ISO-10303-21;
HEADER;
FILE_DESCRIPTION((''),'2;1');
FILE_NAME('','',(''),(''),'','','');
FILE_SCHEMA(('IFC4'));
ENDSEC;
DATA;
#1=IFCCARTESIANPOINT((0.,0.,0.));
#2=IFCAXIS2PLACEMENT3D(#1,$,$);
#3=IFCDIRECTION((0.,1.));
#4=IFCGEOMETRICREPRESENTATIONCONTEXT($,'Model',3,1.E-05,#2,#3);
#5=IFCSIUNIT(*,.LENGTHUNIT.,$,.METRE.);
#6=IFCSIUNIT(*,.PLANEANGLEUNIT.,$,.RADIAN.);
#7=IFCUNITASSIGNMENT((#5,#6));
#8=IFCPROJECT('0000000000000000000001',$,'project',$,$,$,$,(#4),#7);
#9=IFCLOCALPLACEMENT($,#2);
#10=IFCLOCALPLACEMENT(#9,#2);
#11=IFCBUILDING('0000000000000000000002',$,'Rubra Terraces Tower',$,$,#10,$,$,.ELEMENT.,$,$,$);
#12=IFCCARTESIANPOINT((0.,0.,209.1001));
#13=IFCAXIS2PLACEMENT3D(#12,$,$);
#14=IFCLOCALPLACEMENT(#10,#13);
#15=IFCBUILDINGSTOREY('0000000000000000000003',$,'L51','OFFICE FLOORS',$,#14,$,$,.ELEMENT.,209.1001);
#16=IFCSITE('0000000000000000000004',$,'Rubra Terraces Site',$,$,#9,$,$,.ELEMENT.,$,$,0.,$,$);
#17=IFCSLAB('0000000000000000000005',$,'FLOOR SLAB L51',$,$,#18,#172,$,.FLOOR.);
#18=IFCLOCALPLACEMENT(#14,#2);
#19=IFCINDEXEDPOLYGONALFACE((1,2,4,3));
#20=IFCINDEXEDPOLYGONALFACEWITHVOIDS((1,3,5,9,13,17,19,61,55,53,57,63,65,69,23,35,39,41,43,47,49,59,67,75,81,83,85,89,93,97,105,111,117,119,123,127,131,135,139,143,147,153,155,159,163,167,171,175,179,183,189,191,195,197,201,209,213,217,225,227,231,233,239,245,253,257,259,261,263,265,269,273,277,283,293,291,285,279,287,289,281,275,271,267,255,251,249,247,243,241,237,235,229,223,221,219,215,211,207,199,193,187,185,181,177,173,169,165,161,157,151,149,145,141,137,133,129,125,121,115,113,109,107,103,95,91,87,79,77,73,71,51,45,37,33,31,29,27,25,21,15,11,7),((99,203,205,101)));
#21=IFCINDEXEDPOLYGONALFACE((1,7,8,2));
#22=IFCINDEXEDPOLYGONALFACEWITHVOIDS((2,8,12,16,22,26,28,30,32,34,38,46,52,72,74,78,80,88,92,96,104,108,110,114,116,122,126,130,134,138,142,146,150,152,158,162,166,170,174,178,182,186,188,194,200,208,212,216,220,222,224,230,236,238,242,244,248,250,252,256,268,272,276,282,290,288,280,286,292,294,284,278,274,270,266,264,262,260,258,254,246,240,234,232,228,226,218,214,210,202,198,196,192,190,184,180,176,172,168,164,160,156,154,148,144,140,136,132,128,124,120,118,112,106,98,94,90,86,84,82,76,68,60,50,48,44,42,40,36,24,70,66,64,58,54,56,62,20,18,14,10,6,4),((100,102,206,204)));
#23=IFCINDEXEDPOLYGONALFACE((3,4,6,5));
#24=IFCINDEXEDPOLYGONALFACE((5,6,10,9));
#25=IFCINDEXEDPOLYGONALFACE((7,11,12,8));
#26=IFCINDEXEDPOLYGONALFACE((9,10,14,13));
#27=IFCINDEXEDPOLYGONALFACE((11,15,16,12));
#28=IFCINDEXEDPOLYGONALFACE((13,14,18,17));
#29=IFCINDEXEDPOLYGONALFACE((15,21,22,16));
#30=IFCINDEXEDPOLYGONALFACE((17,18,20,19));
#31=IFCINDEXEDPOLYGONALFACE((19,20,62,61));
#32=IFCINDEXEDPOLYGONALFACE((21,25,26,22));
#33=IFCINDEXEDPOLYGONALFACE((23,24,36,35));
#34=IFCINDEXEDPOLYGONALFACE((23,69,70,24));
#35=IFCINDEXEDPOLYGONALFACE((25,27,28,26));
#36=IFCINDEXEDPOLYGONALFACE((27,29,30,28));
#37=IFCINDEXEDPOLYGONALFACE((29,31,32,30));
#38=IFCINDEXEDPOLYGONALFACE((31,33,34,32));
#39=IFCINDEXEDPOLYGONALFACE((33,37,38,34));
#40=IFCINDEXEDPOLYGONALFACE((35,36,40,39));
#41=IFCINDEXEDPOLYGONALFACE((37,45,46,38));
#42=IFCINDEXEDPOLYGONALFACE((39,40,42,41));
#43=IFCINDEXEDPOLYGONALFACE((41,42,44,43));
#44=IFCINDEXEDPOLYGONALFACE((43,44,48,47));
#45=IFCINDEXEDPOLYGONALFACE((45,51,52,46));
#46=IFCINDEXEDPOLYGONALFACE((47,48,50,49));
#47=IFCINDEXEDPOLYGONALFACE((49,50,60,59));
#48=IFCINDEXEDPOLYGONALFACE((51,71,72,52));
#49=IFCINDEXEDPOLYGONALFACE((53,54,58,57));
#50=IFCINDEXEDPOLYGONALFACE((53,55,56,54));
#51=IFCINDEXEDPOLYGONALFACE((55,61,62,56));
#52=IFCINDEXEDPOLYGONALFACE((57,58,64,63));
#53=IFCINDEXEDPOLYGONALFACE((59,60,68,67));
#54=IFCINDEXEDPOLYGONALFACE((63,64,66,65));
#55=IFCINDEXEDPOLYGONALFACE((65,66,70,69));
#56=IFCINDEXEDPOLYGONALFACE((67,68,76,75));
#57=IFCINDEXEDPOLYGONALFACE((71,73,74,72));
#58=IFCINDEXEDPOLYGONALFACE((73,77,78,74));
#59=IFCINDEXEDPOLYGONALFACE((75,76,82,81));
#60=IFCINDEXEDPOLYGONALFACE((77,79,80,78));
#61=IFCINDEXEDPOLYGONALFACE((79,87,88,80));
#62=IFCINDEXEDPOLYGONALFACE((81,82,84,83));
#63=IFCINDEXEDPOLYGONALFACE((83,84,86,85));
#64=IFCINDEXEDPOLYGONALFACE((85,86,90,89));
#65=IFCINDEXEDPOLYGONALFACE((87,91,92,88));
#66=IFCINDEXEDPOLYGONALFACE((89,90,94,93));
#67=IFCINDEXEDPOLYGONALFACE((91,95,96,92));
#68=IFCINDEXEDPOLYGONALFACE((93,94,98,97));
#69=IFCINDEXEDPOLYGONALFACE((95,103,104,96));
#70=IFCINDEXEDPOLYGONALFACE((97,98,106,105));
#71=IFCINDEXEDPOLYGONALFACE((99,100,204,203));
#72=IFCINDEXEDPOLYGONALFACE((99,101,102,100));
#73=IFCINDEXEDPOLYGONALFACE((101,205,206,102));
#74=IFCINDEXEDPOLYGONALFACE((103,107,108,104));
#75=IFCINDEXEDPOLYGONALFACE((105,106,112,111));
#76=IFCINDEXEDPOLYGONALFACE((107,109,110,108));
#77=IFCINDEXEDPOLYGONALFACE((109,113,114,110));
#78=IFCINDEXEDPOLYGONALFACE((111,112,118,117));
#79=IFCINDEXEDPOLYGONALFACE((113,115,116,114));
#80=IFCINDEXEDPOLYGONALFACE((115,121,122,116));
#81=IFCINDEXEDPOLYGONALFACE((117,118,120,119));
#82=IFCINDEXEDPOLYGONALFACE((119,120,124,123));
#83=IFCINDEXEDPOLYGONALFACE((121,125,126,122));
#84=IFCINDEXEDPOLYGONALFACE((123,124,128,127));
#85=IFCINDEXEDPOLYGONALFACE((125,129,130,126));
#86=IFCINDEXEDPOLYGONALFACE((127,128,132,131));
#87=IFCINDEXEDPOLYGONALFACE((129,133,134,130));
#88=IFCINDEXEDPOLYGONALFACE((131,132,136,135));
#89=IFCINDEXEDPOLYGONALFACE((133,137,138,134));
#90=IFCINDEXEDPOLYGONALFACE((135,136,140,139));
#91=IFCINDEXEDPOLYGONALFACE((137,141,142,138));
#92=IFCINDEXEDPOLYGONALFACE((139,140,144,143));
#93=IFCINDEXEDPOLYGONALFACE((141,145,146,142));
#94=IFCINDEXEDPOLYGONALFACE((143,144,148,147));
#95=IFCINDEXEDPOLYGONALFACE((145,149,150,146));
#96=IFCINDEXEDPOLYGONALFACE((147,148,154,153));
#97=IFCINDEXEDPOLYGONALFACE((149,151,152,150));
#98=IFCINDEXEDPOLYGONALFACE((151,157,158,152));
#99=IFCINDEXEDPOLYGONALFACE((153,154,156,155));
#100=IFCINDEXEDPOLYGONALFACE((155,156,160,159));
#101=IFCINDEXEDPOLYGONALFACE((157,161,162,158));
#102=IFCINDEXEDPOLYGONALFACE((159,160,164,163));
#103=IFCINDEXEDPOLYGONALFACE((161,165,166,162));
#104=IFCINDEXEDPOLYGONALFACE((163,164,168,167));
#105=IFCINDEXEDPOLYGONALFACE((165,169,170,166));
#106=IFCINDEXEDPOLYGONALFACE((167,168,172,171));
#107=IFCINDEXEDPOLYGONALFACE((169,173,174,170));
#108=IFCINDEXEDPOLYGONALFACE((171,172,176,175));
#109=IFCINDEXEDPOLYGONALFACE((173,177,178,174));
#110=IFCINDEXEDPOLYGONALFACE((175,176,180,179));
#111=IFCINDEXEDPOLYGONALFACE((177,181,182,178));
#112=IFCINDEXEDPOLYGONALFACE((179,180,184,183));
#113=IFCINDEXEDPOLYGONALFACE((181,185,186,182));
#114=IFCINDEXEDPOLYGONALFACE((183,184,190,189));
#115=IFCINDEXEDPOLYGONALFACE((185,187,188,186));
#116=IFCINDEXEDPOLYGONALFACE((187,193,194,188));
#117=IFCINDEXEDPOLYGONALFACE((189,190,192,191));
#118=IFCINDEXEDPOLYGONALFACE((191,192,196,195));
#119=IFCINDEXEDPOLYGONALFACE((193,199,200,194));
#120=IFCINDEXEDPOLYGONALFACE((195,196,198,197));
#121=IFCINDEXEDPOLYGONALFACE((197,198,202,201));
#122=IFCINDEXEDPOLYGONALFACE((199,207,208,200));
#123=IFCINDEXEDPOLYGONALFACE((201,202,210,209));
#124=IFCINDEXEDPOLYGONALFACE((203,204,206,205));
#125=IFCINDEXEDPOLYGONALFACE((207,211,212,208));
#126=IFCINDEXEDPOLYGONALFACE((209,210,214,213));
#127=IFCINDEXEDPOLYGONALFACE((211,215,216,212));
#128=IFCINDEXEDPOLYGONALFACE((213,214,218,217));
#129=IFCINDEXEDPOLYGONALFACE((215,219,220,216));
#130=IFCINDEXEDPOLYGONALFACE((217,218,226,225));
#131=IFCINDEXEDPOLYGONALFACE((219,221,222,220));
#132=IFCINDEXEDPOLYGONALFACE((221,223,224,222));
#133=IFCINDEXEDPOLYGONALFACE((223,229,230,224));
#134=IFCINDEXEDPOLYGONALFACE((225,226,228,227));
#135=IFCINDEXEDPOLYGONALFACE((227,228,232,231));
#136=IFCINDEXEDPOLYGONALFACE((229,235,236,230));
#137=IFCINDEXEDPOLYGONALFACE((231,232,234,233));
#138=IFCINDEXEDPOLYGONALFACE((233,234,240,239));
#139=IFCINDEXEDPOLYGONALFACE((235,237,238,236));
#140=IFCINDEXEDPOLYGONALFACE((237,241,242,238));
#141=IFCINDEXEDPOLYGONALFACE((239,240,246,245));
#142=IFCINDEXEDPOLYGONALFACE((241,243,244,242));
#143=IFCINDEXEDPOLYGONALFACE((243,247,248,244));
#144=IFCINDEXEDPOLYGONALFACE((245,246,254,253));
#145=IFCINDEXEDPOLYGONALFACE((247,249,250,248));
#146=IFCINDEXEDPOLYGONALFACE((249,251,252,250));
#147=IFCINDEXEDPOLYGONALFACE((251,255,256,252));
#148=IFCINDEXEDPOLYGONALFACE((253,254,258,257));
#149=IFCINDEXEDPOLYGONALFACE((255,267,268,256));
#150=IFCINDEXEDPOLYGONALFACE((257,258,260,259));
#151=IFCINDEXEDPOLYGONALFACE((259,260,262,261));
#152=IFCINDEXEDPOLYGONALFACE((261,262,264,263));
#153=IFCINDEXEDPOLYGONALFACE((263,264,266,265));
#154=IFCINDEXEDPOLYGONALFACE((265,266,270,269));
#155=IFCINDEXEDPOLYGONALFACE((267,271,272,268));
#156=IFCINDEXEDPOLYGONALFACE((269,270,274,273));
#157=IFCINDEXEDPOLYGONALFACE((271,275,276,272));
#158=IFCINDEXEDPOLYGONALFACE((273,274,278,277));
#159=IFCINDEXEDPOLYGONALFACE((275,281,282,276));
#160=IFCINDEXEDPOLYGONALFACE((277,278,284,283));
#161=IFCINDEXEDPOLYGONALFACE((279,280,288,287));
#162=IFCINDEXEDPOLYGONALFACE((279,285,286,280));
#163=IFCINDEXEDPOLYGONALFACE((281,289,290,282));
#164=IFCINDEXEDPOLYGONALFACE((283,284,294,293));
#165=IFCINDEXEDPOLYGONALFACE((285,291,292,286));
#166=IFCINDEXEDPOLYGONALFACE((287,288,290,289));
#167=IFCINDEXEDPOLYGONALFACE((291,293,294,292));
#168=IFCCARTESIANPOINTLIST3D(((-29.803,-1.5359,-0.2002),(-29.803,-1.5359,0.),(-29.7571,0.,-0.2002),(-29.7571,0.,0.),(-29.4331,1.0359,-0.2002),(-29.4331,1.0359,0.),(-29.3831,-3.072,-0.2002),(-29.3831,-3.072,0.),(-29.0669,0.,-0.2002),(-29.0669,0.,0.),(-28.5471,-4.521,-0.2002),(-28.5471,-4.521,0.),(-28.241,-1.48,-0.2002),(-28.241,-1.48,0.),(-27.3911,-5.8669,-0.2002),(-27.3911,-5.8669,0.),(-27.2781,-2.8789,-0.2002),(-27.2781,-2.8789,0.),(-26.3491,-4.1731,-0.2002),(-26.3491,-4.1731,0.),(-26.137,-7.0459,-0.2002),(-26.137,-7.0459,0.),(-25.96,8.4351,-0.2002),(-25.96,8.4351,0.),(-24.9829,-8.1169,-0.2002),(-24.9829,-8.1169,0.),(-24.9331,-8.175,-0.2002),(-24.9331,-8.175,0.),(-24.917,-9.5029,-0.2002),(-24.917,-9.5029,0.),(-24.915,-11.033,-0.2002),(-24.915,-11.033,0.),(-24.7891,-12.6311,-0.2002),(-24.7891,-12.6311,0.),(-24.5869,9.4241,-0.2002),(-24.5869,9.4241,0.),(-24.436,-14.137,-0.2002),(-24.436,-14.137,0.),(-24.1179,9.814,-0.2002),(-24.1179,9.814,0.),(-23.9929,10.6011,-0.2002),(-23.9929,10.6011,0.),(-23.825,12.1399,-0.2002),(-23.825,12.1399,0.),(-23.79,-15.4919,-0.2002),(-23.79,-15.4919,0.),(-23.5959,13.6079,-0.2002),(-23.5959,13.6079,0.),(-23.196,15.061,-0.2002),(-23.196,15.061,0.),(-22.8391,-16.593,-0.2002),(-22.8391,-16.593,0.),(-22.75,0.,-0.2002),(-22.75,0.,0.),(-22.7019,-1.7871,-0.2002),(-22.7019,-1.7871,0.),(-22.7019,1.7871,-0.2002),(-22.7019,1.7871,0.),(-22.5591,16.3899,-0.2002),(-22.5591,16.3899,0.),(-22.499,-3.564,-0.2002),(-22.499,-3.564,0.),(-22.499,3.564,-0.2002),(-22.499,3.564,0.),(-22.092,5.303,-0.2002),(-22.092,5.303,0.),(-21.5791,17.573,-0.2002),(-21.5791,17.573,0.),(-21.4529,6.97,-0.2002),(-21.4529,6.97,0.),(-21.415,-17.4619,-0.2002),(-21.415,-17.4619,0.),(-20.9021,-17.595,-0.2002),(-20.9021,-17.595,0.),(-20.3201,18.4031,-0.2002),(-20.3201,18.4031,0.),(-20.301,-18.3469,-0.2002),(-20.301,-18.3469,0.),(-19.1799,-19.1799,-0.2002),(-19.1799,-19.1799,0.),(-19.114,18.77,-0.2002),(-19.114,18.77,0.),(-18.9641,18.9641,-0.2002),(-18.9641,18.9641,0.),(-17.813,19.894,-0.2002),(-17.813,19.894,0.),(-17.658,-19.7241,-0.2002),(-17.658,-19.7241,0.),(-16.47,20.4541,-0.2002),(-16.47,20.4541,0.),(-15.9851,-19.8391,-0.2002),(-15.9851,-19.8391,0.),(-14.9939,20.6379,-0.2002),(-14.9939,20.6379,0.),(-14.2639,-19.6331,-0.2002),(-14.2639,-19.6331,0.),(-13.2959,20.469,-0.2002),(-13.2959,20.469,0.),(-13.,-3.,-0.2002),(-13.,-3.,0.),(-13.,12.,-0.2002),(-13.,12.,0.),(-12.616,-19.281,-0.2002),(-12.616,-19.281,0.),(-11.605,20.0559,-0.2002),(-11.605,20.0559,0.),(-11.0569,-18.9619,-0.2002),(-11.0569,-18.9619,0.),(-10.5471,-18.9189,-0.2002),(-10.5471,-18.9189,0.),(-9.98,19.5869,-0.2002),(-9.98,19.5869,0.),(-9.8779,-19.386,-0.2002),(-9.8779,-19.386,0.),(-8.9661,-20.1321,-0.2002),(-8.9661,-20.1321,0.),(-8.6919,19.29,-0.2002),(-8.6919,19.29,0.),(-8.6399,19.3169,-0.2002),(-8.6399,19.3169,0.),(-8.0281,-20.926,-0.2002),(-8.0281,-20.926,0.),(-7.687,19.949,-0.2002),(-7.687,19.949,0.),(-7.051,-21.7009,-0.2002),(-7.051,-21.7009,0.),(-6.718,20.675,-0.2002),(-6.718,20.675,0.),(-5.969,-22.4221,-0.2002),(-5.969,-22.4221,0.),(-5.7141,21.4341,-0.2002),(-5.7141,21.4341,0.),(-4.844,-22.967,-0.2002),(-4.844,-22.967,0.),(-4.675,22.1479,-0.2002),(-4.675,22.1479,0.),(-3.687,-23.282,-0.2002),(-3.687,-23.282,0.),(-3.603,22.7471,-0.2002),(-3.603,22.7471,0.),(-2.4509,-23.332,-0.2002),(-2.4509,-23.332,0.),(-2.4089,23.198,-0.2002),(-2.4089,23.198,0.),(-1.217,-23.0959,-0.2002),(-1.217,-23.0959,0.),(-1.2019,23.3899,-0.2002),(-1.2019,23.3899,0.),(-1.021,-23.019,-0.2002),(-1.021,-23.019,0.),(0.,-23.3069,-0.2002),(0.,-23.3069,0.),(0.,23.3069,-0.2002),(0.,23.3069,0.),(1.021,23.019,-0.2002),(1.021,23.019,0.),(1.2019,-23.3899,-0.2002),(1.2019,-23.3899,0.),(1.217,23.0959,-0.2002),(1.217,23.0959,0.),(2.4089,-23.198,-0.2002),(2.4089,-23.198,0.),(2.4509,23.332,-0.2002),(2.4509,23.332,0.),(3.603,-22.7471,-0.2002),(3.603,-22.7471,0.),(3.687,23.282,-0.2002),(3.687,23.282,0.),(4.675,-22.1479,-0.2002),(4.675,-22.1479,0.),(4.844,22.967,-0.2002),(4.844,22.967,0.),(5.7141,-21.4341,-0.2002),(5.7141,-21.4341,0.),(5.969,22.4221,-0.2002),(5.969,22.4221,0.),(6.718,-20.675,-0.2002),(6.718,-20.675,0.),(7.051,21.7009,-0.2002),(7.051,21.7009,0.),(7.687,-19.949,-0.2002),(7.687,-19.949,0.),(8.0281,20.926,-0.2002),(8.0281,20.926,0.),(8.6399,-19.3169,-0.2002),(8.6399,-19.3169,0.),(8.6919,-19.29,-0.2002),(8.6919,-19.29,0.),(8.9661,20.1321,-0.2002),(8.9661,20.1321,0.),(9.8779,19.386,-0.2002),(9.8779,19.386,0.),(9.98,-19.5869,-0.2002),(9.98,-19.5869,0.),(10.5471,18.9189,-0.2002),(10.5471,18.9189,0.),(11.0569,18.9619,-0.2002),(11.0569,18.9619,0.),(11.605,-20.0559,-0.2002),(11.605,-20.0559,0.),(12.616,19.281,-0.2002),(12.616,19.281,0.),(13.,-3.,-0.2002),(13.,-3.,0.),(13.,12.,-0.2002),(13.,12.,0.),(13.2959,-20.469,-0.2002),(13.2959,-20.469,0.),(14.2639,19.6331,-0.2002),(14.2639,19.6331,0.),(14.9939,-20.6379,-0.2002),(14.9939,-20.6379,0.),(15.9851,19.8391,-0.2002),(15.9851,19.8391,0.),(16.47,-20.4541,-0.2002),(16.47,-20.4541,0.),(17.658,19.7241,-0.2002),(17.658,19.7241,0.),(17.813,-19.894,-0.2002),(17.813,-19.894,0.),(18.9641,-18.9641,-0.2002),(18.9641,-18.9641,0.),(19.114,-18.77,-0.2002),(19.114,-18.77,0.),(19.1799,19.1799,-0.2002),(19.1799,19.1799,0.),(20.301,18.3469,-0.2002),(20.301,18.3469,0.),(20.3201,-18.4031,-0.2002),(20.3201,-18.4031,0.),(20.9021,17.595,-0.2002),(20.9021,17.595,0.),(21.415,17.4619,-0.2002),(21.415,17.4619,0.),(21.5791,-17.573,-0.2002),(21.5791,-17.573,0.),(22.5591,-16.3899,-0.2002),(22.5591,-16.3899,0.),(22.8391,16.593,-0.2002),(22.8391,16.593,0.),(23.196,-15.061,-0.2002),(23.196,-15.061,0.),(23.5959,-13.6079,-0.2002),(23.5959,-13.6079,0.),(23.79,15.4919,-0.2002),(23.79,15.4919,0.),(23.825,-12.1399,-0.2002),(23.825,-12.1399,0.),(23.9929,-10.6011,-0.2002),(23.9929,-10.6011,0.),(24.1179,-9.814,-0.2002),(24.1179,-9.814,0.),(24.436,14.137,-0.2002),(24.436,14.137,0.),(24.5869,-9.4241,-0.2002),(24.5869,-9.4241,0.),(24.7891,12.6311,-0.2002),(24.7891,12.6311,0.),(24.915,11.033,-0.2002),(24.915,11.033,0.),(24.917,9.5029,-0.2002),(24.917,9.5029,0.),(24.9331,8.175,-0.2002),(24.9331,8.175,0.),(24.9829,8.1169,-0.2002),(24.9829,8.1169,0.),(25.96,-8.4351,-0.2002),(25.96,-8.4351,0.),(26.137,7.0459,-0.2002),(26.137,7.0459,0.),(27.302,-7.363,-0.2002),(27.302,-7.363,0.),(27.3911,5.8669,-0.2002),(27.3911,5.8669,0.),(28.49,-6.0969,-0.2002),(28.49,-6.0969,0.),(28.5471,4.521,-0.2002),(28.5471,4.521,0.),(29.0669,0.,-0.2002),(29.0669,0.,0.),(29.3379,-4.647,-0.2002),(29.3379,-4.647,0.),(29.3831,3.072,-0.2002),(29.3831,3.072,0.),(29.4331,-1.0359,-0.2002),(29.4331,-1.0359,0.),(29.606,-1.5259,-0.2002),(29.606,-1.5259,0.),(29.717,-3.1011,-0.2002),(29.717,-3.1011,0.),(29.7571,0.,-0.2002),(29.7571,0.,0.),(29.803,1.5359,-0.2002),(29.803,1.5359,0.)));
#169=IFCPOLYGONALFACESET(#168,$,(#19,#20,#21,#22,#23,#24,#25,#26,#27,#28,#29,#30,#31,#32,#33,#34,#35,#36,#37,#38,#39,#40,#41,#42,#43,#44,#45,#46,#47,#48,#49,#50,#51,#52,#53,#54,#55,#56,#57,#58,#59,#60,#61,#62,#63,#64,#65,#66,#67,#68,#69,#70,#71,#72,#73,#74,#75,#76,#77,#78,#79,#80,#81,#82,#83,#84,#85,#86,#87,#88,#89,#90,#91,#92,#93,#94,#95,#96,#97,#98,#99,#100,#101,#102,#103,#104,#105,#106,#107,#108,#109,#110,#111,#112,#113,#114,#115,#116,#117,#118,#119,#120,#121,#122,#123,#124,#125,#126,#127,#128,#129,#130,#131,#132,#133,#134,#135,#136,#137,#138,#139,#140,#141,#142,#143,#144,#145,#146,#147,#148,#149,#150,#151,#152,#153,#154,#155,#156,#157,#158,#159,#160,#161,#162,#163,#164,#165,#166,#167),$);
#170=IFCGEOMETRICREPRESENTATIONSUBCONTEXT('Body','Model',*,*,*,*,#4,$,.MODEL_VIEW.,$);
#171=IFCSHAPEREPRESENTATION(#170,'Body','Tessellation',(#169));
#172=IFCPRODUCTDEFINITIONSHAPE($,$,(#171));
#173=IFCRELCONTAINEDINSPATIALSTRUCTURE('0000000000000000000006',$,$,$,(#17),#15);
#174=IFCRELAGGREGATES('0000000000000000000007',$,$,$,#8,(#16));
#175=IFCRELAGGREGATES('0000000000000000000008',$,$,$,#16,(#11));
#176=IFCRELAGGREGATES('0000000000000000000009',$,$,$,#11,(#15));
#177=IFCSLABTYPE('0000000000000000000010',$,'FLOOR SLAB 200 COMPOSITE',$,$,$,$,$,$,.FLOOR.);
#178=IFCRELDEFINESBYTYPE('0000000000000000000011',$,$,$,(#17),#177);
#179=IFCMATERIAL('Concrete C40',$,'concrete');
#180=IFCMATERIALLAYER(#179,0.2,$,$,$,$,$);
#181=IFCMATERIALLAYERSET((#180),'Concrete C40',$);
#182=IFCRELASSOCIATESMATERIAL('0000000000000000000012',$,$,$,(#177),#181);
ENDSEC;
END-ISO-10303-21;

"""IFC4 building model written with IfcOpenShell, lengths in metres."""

from ifc_helpers import new_model, si_unit, direction, frame, origin, place, context, subcontext, project, spatial, polyline, outline, extrude, material, layer, layer_set, type_object, element, save


model = new_model("IFC4")

# Units and contexts
model_context = context("Model", 3, precision=1e-05, world=origin(), true_north=direction((0.0, 1.0)))
body_context = subcontext(model_context, "Body", "Model", "MODEL_VIEW")
ifc_project = project(units=[si_unit("LENGTHUNIT", "METRE"), si_unit("PLANEANGLEUNIT", "RADIAN")], contexts=[model_context])

# Site, building, storey
site_placement = place(None, origin())
site = spatial("IfcSite", under=ifc_project, at=site_placement, Name="Rubra Terraces Site", CompositionType="ELEMENT", RefElevation=0.0)
building_placement = place(site_placement, origin())
building = spatial("IfcBuilding", under=site, at=building_placement, Name="Rubra Terraces Tower", CompositionType="ELEMENT")
storey_placement = place(building_placement, frame((0.0, 0.0, 209.1001)))
storey = spatial("IfcBuildingStorey", under=building, at=storey_placement, Name="L51", Description="OFFICE FLOORS", CompositionType="ELEMENT", Elevation=209.1001)

# Shared definitions
ifc_material_1 = material(Name="Concrete C40", Category="concrete")

# Slab
ifc_layer_1 = layer(ifc_material_1, 0.2)
ifc_layer_set_1 = layer_set([ifc_layer_1], Name="Concrete C40")
slab_type_1 = type_object("IfcSlabType", Name="FLOOR SLAB 200 COMPOSITE", PredefinedType="FLOOR", material=ifc_layer_set_1)
slab_1_placement = place(storey_placement, frame((0.0, 0.0, -0.2002)))
element("IfcSlab", 1, at=slab_1_placement, inside=storey, type_object=slab_type_1, Name="FLOOR SLAB L51", PredefinedType="FLOOR", context=body_context, shape_type="SweptSolid", body=[
    extrude(outline(polyline([(11.0569, 18.9619), (10.5471, 18.9189), (9.8779, 19.386), (8.9661, 20.1321), (8.0281, 20.926), (7.051, 21.7009), (5.969, 22.4221), (4.844, 22.967), (3.687, 23.282), (2.4509, 23.332), (1.217, 23.0959), (1.021, 23.019), (0.0, 23.3069), (-1.2019, 23.3899), (-2.4089, 23.198), (-3.603, 22.7471), (-4.675, 22.1479), (-5.7141, 21.4341), (-6.718, 20.675), (-7.687, 19.949), (-8.6399, 19.3169), (-8.6919, 19.29), (-9.98, 19.5869), (-11.605, 20.0559), (-13.2959, 20.469), (-14.9939, 20.6379), (-16.47, 20.4541), (-17.813, 19.894), (-18.9641, 18.9641), (-19.114, 18.77), (-20.3201, 18.4031), (-21.5791, 17.573), (-22.5591, 16.3899), (-23.196, 15.061), (-23.5959, 13.6079), (-23.825, 12.1399), (-23.9929, 10.6011), (-24.1179, 9.814), (-24.5869, 9.4241), (-25.96, 8.4351), (-21.4529, 6.97), (-22.092, 5.303), (-22.499, 3.564), (-22.7019, 1.7871), (-22.75, 0.0), (-22.7019, -1.7871), (-22.499, -3.564), (-26.3491, -4.1731), (-27.2781, -2.8789), (-28.241, -1.48), (-29.0669, 0.0), (-29.4331, 1.0359), (-29.7571, 0.0), (-29.803, -1.5359), (-29.3831, -3.072), (-28.5471, -4.521), (-27.3911, -5.8669), (-26.137, -7.0459), (-24.9829, -8.1169), (-24.9331, -8.175), (-24.917, -9.5029), (-24.915, -11.033), (-24.7891, -12.6311), (-24.436, -14.137), (-23.79, -15.4919), (-22.8391, -16.593), (-21.415, -17.4619), (-20.9021, -17.595), (-20.301, -18.3469), (-19.1799, -19.1799), (-17.658, -19.7241), (-15.9851, -19.8391), (-14.2639, -19.6331), (-12.616, -19.281), (-11.0569, -18.9619), (-10.5471, -18.9189), (-9.8779, -19.386), (-8.9661, -20.1321), (-8.0281, -20.926), (-7.051, -21.7009), (-5.969, -22.4221), (-4.844, -22.967), (-3.687, -23.282), (-2.4509, -23.332), (-1.217, -23.0959), (-1.021, -23.019), (0.0, -23.3069), (1.2019, -23.3899), (2.4089, -23.198), (3.603, -22.7471), (4.675, -22.1479), (5.7141, -21.4341), (6.718, -20.675), (7.687, -19.949), (8.6399, -19.3169), (8.6919, -19.29), (9.98, -19.5869), (11.605, -20.0559), (13.2959, -20.469), (14.9939, -20.6379), (16.47, -20.4541), (17.813, -19.894), (18.9641, -18.9641), (19.114, -18.77), (20.3201, -18.4031), (21.5791, -17.573), (22.5591, -16.3899), (23.196, -15.061), (23.5959, -13.6079), (23.825, -12.1399), (23.9929, -10.6011), (24.1179, -9.814), (24.5869, -9.4241), (25.96, -8.4351), (27.302, -7.363), (28.49, -6.0969), (29.3379, -4.647), (29.717, -3.1011), (29.606, -1.5259), (29.0669, 0.0), (29.4331, -1.0359), (29.7571, 0.0), (29.803, 1.5359), (29.3831, 3.072), (28.5471, 4.521), (27.3911, 5.8669), (26.137, 7.0459), (24.9829, 8.1169), (24.9331, 8.175), (24.917, 9.5029), (24.915, 11.033), (24.7891, 12.6311), (24.436, 14.137), (23.79, 15.4919), (22.8391, 16.593), (21.415, 17.4619), (20.9021, 17.595), (20.301, 18.3469), (19.1799, 19.1799), (17.658, 19.7241), (15.9851, 19.8391), (14.2639, 19.6331), (12.616, 19.281), (11.0569, 18.9619)]), holes=[polyline([(13.0, 12.0), (13.0, -3.0), (-13.0, -3.0), (-13.0, 12.0), (13.0, 12.0)])]), origin(), (0.0, 0.0, 1.0), 0.2002),
])

save(model, "model.ifc")
